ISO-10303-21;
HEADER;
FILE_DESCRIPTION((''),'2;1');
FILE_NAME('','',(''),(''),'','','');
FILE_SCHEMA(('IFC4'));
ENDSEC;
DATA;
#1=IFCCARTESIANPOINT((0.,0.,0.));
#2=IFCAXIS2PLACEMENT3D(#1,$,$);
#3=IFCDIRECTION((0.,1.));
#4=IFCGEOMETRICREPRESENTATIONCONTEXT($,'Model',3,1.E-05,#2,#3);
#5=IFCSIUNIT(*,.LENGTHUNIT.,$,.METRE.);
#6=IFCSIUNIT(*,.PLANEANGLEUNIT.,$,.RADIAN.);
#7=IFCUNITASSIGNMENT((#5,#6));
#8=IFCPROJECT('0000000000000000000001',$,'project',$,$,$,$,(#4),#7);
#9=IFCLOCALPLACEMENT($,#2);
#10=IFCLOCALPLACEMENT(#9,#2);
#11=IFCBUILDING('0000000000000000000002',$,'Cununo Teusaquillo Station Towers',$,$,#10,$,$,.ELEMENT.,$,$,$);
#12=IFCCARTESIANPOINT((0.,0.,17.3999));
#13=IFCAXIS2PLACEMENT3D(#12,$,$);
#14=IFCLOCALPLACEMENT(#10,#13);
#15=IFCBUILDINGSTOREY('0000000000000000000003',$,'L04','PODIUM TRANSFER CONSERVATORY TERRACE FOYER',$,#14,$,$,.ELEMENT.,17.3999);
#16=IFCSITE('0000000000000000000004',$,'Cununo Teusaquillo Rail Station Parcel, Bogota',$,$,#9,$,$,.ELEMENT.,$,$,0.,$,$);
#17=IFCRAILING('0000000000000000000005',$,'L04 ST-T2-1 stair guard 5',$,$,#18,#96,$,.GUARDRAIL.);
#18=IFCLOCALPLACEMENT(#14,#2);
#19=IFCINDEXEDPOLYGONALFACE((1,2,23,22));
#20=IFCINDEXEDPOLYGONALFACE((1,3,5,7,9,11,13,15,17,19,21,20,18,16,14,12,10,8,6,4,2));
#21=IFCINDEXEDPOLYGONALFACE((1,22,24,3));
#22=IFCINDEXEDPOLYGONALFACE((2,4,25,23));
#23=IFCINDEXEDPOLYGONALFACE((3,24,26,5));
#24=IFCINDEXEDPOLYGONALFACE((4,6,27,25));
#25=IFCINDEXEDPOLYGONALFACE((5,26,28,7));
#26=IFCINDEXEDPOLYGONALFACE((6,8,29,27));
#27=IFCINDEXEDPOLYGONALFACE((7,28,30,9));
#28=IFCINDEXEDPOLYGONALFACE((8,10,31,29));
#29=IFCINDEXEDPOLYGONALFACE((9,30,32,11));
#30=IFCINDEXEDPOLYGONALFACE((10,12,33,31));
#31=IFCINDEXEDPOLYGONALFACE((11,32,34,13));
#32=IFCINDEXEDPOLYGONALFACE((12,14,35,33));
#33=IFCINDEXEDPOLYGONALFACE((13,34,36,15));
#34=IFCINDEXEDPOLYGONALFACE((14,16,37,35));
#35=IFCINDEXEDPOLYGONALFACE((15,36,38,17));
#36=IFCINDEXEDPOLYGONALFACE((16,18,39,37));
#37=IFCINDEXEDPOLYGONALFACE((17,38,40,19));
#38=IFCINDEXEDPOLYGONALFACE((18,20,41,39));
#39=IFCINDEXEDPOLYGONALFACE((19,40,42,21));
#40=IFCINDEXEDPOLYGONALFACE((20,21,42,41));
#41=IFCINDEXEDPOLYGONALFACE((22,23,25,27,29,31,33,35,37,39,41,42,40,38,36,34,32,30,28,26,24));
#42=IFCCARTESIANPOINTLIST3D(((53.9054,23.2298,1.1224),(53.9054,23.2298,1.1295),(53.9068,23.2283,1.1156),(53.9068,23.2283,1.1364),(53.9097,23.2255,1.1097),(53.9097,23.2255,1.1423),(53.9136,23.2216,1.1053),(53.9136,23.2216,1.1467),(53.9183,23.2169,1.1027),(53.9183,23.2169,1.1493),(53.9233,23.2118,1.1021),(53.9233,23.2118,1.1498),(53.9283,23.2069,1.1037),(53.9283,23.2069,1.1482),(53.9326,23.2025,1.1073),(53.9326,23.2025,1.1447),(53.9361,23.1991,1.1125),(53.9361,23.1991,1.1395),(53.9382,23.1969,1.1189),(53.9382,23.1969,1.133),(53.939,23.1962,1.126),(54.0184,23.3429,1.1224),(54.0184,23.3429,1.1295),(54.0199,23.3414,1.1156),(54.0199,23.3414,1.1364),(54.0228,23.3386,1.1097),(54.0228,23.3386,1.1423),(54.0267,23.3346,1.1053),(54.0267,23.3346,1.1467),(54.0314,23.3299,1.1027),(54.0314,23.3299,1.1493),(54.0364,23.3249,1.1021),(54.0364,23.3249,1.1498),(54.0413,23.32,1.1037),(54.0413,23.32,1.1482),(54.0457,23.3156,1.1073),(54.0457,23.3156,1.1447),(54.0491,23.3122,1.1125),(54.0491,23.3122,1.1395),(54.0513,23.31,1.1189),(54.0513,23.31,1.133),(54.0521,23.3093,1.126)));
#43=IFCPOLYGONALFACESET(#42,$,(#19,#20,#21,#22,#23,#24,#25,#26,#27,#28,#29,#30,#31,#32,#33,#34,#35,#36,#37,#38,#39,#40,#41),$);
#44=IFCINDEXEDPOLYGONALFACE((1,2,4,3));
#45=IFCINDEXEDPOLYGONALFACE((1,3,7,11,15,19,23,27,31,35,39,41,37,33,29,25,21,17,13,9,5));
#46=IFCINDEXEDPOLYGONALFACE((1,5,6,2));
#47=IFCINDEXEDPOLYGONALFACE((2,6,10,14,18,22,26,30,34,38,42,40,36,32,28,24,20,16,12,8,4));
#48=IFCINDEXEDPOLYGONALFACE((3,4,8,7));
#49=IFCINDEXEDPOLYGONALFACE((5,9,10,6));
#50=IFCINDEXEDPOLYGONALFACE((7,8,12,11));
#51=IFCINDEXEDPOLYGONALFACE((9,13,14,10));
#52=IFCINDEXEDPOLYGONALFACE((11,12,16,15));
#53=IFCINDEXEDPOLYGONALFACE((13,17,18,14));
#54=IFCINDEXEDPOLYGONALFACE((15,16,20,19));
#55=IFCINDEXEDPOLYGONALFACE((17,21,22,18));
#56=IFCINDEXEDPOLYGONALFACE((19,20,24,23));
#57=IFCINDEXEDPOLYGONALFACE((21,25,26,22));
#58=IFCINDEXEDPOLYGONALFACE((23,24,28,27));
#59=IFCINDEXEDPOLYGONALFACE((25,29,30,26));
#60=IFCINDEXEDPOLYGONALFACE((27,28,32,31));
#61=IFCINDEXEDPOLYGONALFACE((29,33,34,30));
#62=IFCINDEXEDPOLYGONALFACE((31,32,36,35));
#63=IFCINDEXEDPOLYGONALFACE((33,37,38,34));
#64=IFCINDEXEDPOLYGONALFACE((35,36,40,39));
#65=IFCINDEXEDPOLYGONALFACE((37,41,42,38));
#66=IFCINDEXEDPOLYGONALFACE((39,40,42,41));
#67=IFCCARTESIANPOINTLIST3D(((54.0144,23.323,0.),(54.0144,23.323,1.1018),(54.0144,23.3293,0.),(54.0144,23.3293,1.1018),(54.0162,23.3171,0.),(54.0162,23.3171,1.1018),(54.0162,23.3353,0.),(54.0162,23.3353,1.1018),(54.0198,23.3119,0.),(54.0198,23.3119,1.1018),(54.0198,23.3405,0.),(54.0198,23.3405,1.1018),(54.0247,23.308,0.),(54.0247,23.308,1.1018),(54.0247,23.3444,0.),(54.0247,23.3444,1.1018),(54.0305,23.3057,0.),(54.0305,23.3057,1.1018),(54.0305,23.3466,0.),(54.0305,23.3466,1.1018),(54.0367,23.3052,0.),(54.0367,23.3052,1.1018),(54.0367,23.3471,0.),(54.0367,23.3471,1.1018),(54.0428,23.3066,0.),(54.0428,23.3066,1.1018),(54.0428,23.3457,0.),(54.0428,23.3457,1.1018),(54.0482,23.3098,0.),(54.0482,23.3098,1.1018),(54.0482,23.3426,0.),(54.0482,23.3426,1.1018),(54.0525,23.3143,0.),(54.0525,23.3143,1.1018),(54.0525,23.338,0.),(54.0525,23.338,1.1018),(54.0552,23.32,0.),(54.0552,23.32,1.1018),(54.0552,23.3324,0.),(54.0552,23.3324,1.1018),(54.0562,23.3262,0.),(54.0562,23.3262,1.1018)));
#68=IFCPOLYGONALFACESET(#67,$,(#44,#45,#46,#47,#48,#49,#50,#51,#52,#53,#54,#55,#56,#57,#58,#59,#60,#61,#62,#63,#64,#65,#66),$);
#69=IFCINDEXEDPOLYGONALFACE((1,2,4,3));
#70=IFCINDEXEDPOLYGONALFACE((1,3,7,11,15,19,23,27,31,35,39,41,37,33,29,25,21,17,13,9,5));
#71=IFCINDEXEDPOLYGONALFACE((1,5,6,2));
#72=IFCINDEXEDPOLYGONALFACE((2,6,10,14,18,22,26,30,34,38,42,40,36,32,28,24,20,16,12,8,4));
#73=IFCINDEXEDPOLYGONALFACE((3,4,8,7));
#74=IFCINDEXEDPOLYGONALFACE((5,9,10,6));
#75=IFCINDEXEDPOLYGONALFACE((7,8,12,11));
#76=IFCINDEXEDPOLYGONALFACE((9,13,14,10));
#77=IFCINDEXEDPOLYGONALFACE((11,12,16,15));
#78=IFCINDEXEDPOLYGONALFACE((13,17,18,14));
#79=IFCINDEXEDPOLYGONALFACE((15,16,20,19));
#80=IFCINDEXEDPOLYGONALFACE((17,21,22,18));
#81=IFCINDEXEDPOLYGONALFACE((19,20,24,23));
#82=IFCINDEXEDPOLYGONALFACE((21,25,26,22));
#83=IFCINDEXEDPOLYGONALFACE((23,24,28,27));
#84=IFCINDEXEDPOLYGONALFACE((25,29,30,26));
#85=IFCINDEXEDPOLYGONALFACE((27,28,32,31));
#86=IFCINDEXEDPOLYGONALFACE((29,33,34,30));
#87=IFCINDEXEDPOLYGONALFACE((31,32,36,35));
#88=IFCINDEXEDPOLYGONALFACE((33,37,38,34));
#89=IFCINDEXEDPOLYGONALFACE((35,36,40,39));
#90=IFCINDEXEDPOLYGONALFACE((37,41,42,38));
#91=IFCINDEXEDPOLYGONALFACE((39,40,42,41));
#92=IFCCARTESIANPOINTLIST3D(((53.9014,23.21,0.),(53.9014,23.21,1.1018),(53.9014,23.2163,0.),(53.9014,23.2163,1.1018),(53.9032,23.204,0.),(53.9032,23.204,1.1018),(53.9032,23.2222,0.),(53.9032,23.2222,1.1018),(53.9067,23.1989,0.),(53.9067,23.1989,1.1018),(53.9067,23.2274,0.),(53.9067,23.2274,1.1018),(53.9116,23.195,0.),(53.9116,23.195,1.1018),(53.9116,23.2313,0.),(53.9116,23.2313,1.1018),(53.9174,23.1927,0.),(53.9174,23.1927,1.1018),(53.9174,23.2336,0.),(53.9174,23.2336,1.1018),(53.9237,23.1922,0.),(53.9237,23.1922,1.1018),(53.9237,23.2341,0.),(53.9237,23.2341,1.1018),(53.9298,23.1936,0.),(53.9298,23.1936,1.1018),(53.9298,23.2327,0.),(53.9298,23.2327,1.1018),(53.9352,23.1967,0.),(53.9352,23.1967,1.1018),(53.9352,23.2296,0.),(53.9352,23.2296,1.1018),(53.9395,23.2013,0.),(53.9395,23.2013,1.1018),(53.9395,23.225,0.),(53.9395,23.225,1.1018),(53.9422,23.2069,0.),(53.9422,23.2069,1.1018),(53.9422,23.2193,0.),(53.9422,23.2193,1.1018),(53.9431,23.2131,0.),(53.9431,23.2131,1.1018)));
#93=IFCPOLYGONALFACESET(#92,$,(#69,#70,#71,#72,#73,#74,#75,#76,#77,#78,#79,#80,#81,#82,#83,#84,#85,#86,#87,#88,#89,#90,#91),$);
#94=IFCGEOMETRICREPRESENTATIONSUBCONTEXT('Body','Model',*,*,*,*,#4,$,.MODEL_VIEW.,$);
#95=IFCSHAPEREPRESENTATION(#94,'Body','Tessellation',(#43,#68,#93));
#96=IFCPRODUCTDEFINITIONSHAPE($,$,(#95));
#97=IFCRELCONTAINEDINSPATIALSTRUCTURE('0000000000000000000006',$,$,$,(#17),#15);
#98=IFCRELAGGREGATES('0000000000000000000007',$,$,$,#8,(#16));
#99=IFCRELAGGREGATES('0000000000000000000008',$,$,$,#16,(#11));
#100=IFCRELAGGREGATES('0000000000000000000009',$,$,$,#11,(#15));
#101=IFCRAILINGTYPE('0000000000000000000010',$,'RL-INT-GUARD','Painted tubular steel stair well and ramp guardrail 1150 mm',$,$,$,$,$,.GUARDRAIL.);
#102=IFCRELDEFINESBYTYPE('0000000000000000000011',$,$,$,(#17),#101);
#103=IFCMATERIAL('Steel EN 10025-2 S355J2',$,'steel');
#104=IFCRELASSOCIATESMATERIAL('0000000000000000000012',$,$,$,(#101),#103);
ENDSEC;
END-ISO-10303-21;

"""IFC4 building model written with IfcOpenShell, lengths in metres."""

from ifc_helpers import new_model, si_unit, direction, frame, origin, origin_2d, place, context, subcontext, project, spatial, circle, extrude, material, type_object, element, save


model = new_model("IFC4")

# Units and contexts
model_context = context("Model", 3, precision=1e-05, world=origin(), true_north=direction((0.0, 1.0)))
body_context = subcontext(model_context, "Body", "Model", "MODEL_VIEW")
ifc_project = project(units=[si_unit("LENGTHUNIT", "METRE"), si_unit("PLANEANGLEUNIT", "RADIAN")], contexts=[model_context])

# Site, building, storey
site_placement = place(None, origin())
site = spatial("IfcSite", under=ifc_project, at=site_placement, Name="Cununo Teusaquillo Rail Station Parcel, Bogota", CompositionType="ELEMENT", RefElevation=0.0)
building_placement = place(site_placement, origin())
building = spatial("IfcBuilding", under=site, at=building_placement, Name="Cununo Teusaquillo Station Towers", CompositionType="ELEMENT")
storey_placement = place(building_placement, frame((0.0, 0.0, 17.3999)))
storey = spatial("IfcBuildingStorey", under=building, at=storey_placement, Name="L04", Description="PODIUM TRANSFER CONSERVATORY TERRACE FOYER", CompositionType="ELEMENT", Elevation=17.3999)

# Railing
ifc_material_1 = material(Name="Steel EN 10025-2 S355J2", Category="steel")
railing_type_1 = type_object("IfcRailingType", Name="RL-INT-GUARD", Description="Painted tubular steel stair well and ramp guardrail 1150 mm", PredefinedType="GUARDRAIL", material=ifc_material_1)
railing_1_placement = place(storey_placement, frame((54.0352, 23.3262, 0.0)))
element("IfcRailing", 1, at=railing_1_placement, inside=storey, type_object=railing_type_1, Name="L04 ST-T2-1 stair guard 5", PredefinedType="GUARDRAIL", context=body_context, shape_type="SweptSolid", body=[
    extrude(circle(Radius=0.0239, at=origin_2d()), frame((0.0, 0.0, 1.126), z_axis=(-0.707107, -0.707107, 0.0), x_axis=(0.707107, -0.707107, 0.0)), (0.0, 0.0, 1.0), 0.1599),
    extrude(circle(Radius=0.021, at=origin_2d()), origin(), (0.0, 0.0, 1.0), 1.1018),
    extrude(circle(Radius=0.021, at=origin_2d()), frame((-0.113, -0.113, 0.0)), (0.0, 0.0, 1.0), 1.1018),
])

save(model, "model.ifc")
